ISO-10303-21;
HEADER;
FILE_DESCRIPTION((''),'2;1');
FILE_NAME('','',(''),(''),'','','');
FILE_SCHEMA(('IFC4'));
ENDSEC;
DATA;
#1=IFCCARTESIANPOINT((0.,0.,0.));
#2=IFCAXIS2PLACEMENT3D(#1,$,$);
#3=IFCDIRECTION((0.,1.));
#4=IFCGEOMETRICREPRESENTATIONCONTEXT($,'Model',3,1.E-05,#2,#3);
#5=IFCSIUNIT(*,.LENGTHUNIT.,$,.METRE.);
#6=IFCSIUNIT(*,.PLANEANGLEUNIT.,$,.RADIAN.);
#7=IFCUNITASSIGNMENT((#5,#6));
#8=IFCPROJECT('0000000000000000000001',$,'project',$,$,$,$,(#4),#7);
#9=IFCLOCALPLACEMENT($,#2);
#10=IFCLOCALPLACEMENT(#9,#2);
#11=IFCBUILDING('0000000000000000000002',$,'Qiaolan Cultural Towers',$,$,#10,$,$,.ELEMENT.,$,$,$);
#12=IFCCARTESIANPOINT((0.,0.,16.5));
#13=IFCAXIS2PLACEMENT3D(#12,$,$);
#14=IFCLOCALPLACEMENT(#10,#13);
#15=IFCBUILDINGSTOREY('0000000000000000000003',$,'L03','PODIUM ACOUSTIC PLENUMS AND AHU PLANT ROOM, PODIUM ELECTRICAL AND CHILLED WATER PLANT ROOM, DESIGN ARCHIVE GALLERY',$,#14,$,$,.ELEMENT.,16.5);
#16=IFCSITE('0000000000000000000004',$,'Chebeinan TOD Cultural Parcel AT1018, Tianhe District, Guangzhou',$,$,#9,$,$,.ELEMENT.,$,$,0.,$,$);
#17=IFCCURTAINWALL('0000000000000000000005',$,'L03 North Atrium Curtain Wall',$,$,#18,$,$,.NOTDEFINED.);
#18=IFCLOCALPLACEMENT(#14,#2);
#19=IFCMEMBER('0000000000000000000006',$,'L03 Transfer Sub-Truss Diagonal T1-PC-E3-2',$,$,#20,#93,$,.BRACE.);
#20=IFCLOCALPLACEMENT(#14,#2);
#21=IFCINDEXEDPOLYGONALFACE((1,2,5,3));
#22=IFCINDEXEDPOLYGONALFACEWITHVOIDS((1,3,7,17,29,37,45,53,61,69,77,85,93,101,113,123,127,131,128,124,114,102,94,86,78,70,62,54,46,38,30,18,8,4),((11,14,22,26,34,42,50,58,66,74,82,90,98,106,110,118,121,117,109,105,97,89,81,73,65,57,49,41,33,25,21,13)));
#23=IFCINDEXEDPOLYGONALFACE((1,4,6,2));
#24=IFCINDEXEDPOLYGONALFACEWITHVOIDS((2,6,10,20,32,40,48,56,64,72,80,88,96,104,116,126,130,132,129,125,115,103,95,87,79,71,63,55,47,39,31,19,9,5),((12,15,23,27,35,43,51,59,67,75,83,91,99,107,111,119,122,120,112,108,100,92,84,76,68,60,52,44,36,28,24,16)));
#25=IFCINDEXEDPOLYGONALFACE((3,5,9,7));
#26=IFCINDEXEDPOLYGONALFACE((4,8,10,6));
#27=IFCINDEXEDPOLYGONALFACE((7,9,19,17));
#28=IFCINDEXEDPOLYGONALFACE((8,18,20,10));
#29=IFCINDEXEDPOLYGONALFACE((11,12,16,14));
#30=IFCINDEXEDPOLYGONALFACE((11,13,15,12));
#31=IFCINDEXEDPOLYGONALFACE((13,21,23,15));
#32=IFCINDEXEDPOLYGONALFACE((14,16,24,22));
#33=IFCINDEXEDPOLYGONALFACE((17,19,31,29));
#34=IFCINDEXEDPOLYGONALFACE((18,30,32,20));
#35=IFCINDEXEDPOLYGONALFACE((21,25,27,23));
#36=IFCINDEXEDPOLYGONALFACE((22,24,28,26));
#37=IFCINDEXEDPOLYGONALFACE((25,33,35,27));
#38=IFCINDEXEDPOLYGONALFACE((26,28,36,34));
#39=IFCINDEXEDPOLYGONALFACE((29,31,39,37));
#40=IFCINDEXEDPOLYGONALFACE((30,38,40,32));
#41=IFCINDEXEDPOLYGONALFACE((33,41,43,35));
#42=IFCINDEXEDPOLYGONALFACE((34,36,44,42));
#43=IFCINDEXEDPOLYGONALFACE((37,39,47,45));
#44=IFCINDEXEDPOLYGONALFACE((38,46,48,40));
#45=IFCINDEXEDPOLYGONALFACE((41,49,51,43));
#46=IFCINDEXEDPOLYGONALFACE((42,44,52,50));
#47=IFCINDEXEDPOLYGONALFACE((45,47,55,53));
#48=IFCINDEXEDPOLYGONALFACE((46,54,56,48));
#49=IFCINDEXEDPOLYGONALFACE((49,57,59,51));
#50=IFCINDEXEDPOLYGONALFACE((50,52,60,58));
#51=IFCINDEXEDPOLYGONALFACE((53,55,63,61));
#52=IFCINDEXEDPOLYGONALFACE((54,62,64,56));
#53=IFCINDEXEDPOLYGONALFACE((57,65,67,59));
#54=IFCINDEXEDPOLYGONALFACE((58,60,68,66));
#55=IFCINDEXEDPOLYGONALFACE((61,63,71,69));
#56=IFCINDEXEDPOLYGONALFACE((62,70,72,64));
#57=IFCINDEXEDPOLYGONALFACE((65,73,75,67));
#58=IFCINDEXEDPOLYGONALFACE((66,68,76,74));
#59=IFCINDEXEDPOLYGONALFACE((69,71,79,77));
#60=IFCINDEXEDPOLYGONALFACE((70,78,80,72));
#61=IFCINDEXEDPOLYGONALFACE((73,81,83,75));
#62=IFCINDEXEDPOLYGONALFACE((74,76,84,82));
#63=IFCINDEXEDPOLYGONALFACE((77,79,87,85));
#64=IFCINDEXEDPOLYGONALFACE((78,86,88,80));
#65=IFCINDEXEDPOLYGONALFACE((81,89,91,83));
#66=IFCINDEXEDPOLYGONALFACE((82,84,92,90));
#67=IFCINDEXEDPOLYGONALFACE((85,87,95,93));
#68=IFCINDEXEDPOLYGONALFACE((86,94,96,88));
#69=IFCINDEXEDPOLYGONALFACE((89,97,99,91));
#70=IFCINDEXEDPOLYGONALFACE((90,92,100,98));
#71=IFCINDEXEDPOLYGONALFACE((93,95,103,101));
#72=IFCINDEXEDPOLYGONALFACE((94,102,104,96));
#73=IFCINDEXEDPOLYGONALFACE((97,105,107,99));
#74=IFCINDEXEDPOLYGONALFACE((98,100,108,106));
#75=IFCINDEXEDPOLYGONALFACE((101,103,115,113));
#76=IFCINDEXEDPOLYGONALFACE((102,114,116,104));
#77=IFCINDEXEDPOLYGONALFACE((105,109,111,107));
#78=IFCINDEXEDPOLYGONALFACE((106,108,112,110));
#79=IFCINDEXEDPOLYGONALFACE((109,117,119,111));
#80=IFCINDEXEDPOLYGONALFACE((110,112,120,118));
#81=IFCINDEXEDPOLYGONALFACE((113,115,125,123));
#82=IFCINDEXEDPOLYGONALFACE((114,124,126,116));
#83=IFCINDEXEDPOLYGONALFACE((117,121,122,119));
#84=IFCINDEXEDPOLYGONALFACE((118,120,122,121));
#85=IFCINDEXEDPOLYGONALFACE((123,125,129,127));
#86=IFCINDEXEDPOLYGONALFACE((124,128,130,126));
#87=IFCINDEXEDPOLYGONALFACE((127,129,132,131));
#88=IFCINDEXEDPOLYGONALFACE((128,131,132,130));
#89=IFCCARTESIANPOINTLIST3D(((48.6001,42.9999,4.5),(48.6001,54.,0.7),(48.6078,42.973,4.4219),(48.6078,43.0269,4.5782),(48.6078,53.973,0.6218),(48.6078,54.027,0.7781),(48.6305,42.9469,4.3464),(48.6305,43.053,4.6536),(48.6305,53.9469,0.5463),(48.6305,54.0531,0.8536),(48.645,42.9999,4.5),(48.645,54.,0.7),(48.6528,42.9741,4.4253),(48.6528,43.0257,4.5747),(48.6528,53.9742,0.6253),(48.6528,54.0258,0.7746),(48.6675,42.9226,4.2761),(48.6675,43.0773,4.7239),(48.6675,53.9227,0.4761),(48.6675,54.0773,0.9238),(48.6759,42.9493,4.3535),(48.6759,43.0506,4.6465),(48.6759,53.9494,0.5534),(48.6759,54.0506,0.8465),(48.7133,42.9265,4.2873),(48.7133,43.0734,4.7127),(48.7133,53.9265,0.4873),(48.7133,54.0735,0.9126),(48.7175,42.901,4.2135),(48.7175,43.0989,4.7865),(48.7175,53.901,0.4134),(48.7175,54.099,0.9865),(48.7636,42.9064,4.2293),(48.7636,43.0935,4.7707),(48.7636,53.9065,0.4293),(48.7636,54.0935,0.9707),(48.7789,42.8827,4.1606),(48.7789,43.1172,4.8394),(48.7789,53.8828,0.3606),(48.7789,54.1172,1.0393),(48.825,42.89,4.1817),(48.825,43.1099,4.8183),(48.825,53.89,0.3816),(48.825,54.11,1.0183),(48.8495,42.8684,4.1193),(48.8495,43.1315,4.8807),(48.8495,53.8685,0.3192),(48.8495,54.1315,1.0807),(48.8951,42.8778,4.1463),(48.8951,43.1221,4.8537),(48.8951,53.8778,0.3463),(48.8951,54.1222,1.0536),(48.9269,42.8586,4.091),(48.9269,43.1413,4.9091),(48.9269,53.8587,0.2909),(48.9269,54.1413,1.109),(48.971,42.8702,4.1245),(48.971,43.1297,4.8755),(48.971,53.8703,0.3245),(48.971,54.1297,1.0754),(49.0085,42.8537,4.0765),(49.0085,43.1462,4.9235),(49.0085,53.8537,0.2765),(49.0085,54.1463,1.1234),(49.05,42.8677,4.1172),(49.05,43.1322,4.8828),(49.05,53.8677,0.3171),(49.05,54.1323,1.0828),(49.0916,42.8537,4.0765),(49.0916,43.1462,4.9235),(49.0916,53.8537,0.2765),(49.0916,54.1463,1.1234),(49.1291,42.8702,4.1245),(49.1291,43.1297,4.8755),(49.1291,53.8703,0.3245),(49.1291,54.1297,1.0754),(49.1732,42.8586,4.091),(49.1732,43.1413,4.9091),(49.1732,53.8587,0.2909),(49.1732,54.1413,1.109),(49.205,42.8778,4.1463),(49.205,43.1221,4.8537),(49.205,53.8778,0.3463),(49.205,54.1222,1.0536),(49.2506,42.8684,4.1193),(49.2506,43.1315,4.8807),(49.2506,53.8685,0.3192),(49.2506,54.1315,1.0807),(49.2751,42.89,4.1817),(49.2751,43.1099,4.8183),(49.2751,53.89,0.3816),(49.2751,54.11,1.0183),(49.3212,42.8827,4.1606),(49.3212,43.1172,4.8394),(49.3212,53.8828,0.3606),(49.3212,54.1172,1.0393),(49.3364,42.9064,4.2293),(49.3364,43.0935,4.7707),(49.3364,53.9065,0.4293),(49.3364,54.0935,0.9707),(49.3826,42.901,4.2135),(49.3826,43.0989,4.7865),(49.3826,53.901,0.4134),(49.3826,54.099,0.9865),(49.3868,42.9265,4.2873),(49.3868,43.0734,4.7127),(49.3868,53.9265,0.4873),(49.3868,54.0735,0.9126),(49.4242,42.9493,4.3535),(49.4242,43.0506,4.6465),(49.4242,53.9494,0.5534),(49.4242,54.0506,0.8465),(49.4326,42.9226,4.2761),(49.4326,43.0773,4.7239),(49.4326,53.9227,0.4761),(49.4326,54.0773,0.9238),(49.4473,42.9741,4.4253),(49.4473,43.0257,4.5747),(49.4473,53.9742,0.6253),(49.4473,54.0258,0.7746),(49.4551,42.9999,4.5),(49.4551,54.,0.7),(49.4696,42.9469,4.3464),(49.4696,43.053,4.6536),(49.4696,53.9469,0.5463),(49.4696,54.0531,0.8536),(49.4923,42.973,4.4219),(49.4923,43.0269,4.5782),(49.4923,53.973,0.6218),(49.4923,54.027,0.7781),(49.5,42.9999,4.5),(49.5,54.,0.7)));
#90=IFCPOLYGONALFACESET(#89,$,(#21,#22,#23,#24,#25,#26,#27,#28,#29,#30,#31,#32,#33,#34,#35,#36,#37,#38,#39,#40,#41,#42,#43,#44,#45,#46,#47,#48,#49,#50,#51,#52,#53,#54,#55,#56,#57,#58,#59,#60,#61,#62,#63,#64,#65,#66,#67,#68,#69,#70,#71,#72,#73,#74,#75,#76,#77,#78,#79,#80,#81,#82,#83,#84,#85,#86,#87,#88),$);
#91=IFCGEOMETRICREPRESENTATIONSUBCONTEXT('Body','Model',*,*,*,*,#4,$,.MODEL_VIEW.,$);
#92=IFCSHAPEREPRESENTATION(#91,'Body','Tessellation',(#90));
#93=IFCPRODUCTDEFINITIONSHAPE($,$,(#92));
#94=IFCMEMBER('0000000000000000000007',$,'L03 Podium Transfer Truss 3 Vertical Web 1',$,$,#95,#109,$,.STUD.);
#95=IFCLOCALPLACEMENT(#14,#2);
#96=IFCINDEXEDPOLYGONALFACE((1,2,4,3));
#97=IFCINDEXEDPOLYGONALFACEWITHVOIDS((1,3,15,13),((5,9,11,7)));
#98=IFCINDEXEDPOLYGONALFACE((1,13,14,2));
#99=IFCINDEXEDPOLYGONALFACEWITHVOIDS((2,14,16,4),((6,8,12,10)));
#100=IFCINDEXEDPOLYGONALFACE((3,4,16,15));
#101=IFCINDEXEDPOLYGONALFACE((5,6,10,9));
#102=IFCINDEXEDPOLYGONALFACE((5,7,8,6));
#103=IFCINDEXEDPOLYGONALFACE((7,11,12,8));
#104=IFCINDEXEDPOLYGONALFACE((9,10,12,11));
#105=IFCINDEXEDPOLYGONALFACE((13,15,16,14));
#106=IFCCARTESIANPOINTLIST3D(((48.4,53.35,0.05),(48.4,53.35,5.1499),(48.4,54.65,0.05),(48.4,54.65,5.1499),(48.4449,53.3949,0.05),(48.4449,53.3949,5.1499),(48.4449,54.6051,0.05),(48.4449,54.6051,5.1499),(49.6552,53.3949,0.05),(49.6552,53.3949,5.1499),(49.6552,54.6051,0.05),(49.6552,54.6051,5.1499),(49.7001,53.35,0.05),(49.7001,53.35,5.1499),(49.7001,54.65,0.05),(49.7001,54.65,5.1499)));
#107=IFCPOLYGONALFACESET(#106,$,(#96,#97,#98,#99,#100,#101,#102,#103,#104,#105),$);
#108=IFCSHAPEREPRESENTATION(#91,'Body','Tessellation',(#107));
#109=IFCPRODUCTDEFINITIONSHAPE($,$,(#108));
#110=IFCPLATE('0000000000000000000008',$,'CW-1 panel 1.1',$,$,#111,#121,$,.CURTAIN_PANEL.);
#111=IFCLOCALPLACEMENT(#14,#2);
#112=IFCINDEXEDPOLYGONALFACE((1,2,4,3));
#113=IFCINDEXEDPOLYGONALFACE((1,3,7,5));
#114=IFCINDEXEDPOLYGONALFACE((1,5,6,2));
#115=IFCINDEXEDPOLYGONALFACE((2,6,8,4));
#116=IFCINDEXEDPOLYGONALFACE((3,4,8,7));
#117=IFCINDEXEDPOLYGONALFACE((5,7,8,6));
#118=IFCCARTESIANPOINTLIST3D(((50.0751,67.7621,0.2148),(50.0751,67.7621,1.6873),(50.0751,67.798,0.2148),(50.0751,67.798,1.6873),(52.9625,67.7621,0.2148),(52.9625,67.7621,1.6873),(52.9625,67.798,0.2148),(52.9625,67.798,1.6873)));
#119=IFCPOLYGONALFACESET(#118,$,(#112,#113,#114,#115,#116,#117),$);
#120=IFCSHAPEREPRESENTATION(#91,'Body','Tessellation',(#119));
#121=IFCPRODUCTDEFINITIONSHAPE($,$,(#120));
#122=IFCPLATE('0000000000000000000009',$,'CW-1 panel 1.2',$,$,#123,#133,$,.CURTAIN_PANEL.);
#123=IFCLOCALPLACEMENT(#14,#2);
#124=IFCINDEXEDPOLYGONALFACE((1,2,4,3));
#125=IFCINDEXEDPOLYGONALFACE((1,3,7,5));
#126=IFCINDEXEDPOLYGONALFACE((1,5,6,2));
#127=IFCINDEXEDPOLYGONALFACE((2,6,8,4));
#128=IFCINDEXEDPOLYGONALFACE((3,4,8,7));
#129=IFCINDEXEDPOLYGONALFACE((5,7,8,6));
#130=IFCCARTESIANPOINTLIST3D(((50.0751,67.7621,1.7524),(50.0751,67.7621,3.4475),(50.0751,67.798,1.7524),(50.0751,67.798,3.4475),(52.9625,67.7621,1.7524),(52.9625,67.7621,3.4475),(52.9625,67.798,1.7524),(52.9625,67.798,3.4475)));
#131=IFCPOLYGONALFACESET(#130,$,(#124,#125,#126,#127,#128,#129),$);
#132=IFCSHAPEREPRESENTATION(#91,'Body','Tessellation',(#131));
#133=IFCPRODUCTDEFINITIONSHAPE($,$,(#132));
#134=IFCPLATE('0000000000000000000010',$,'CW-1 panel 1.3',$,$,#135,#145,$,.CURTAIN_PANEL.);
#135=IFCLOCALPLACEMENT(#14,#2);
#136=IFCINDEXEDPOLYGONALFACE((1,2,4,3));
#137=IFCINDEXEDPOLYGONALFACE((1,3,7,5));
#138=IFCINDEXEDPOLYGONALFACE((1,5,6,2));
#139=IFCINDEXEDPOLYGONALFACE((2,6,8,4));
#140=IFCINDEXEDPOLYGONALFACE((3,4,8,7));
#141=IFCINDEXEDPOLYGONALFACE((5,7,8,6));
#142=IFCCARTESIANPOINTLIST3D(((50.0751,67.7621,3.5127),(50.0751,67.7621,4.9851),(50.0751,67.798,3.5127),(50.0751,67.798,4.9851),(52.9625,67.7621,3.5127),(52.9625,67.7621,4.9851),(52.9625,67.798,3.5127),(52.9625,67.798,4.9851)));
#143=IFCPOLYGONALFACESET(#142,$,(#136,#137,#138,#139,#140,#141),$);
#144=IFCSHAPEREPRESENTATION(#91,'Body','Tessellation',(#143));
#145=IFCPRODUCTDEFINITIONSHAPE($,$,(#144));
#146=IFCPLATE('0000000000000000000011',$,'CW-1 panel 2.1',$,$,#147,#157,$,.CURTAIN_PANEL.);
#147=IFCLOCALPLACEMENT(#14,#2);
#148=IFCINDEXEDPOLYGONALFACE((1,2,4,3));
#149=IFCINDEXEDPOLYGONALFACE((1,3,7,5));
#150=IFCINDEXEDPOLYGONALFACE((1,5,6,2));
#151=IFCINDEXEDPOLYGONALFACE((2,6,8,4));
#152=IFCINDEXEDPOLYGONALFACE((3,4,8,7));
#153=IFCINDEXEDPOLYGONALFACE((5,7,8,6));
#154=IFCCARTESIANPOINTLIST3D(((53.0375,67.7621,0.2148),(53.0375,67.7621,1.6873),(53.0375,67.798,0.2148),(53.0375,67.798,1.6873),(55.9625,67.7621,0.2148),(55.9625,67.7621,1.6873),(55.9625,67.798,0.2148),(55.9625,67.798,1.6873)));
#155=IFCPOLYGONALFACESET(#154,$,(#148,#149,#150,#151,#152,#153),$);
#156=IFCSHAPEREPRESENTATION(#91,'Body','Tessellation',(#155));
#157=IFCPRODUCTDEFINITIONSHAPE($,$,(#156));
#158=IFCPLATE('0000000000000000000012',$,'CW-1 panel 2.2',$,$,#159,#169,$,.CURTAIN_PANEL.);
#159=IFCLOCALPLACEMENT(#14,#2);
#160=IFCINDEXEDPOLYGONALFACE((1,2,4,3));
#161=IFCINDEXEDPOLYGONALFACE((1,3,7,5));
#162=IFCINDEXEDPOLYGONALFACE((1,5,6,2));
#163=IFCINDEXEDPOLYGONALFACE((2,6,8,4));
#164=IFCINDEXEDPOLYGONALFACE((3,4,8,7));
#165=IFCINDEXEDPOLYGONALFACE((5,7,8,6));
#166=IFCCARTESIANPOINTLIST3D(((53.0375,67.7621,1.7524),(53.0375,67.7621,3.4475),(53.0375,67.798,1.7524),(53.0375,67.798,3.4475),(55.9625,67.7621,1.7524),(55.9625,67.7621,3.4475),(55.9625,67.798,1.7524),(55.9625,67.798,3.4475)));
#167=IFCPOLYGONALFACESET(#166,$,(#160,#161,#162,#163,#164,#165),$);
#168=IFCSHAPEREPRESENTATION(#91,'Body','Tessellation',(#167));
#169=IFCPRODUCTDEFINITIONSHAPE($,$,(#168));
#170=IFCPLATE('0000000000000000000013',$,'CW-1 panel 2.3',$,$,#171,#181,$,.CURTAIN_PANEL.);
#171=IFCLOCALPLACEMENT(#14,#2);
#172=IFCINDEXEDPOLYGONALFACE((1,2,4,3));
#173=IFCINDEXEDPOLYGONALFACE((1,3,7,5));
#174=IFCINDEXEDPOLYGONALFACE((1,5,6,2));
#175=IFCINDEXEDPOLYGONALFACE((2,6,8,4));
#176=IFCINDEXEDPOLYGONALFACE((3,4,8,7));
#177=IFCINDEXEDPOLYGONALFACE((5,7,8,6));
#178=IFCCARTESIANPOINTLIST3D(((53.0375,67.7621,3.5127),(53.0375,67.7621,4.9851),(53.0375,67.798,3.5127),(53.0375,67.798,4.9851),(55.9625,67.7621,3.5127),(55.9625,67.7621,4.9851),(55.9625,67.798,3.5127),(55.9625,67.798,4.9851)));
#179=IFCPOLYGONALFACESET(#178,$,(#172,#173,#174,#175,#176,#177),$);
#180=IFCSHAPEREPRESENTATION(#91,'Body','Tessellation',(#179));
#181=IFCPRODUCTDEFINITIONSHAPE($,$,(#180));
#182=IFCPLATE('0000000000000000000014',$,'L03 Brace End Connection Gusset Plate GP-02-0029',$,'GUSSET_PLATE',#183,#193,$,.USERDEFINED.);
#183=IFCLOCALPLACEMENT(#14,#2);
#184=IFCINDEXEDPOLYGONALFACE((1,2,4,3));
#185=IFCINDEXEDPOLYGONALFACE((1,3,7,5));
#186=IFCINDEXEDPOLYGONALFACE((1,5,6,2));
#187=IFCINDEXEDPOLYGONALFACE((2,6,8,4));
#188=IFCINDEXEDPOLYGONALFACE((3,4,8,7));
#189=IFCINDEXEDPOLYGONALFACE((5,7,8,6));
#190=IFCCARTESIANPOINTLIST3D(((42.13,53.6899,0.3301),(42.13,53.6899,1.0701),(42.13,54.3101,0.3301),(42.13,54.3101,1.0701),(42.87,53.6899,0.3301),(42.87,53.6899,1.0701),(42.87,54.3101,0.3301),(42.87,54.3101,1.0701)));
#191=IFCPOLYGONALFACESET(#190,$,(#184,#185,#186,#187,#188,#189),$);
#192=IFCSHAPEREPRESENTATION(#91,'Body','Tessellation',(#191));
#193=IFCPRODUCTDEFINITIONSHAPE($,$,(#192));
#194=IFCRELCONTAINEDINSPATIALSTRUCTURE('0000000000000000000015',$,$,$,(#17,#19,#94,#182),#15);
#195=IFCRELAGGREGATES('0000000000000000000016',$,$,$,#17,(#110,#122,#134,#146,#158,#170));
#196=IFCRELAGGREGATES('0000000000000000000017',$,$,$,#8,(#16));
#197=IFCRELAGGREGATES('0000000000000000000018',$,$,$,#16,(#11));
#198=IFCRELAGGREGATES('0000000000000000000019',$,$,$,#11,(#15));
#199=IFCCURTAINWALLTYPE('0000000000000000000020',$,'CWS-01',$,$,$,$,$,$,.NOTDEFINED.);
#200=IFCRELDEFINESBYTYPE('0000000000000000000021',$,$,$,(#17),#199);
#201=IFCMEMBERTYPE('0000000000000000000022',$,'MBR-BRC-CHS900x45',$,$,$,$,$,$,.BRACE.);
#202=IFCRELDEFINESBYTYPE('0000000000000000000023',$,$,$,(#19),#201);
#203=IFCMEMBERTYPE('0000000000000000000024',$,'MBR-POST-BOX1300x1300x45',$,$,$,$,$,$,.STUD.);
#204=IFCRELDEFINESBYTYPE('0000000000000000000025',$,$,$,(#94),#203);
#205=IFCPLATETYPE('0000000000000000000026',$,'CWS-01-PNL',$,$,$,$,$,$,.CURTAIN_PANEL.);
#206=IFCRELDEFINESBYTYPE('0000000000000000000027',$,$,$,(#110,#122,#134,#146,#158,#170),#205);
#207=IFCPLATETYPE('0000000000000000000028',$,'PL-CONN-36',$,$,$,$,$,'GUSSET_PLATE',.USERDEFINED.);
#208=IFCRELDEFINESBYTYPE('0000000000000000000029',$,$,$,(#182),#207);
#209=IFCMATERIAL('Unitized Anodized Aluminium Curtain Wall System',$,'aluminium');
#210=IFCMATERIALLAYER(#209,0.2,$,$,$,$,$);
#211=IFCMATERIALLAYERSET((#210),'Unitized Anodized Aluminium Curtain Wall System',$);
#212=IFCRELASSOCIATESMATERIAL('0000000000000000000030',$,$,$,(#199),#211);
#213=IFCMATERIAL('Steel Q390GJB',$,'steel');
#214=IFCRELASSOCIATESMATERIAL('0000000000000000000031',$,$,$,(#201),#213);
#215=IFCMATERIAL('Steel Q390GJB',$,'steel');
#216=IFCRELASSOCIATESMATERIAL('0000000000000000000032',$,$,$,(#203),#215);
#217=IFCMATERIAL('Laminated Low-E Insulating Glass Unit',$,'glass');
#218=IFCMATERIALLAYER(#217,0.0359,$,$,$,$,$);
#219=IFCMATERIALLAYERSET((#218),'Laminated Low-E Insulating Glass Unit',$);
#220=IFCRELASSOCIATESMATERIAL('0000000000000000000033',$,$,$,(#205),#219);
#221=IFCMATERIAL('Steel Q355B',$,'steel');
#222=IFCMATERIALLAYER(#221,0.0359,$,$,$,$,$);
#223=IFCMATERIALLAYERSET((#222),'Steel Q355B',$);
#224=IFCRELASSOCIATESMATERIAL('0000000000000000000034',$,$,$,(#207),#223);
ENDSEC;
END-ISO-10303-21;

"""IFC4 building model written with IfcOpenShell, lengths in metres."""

from ifc_helpers import new_model, si_unit, direction, frame, origin, origin_2d, place, context, subcontext, project, spatial, rectangle, hollow_rectangle, hollow_circle, extrude, material, layer, layer_set, material_profile, profile_set, type_object, element, aggregate, save


model = new_model("IFC4")

# Units and contexts
model_context = context("Model", 3, precision=1e-05, world=origin(), true_north=direction((0.0, 1.0)))
body_context = subcontext(model_context, "Body", "Model", "MODEL_VIEW")
ifc_project = project(units=[si_unit("LENGTHUNIT", "METRE"), si_unit("PLANEANGLEUNIT", "RADIAN")], contexts=[model_context])

# Site, building, storey
site_placement = place(None, origin())
site = spatial("IfcSite", under=ifc_project, at=site_placement, Name="Chebeinan TOD Cultural Parcel AT1018, Tianhe District, Guangzhou", CompositionType="ELEMENT", RefElevation=0.0)
building_placement = place(site_placement, origin())
building = spatial("IfcBuilding", under=site, at=building_placement, Name="Qiaolan Cultural Towers", CompositionType="ELEMENT")
storey_placement = place(building_placement, frame((0.0, 0.0, 16.5)))
storey = spatial("IfcBuildingStorey", under=building, at=storey_placement, Name="L03", Description="PODIUM ACOUSTIC PLENUMS AND AHU PLANT ROOM, PODIUM ELECTRICAL AND CHILLED WATER PLANT ROOM, DESIGN ARCHIVE GALLERY", CompositionType="ELEMENT", Elevation=16.5)

# Curtain wall
ifc_material_1 = material(Name="Unitized Anodized Aluminium Curtain Wall System", Category="aluminium")
ifc_layer_1 = layer(ifc_material_1, 0.2)
ifc_layer_set_1 = layer_set([ifc_layer_1], Name="Unitized Anodized Aluminium Curtain Wall System")
curtain_wall_type = type_object("IfcCurtainWallType", Name="CWS-01", PredefinedType="NOTDEFINED", material=ifc_layer_set_1)
curtain_wall_placement = place(storey_placement, origin())
curtain_wall = element("IfcCurtainWall", 1, at=curtain_wall_placement, inside=storey, type_object=curtain_wall_type, Name="L03 North Atrium Curtain Wall", PredefinedType="NOTDEFINED")

# Members
ifc_material_2 = material(Name="Steel Q390GJB", Category="steel")
ifc_material_profile_1 = material_profile(ifc_material_2, hollow_circle(Radius=0.45, WallThickness=0.0449, at=origin_2d()), Name="CHS900x45")
ifc_profile_set_1 = profile_set([ifc_material_profile_1], Name="Steel Q390GJB")
member_type_1 = type_object("IfcMemberType", Name="MBR-BRC-CHS900x45", PredefinedType="BRACE", material=ifc_profile_set_1)
member_1_placement = place(storey_placement, frame((49.05, 54.0, 0.7), z_axis=(0.0, -0.945189, 0.326524), x_axis=(1.0, 0.0, 0.0)))
element("IfcMember", 2, at=member_1_placement, inside=storey, type_object=member_type_1, Name="L03 Transfer Sub-Truss Diagonal T1-PC-E3-2", PredefinedType="BRACE", context=body_context, shape_type="SweptSolid", body=[
    extrude(hollow_circle(Radius=0.45, WallThickness=0.0449, at=origin_2d()), origin(), (0.0, 0.0, 1.0), 11.6379),
])
ifc_material_3 = material(Name="Steel Q390GJB", Category="steel")
ifc_material_profile_2 = material_profile(ifc_material_3, hollow_rectangle(XDim=1.3, YDim=1.3, WallThickness=0.0449, at=origin_2d()), Name="BOX1300x1300x45")
ifc_profile_set_2 = profile_set([ifc_material_profile_2], Name="Steel Q390GJB")
member_type_2 = type_object("IfcMemberType", Name="MBR-POST-BOX1300x1300x45", PredefinedType="STUD", material=ifc_profile_set_2)
member_2_placement = place(storey_placement, frame((49.05, 54.0, 0.05), z_axis=(0.0, 0.0, 1.0), x_axis=(1.0, 0.0, 0.0)))
element("IfcMember", 3, at=member_2_placement, inside=storey, type_object=member_type_2, Name="L03 Podium Transfer Truss 3 Vertical Web 1", PredefinedType="STUD", context=body_context, shape_type="SweptSolid", body=[
    extrude(hollow_rectangle(XDim=1.3, YDim=1.3, WallThickness=0.0449, at=origin_2d()), origin(), (0.0, 0.0, 1.0), 5.0999),
])

# Plates
ifc_material_4 = material(Name="Laminated Low-E Insulating Glass Unit", Category="glass")
ifc_layer_2 = layer(ifc_material_4, 0.0359)
ifc_layer_set_2 = layer_set([ifc_layer_2], Name="Laminated Low-E Insulating Glass Unit")
plate_type_1 = type_object("IfcPlateType", Name="CWS-01-PNL", PredefinedType="CURTAIN_PANEL", material=ifc_layer_set_2)
plate_1_placement = place(storey_placement, frame((51.5188, 67.78, 0.2148), z_axis=(0.0, 0.0, 1.0), x_axis=(1.0, 0.0, 0.0)))
plate_1 = element("IfcPlate", 4, at=plate_1_placement, type_object=plate_type_1, Name="CW-1 panel 1.1", PredefinedType="CURTAIN_PANEL", context=body_context, shape_type="SweptSolid", body=[
    extrude(rectangle(XDim=2.8875, YDim=0.0359, at=origin_2d()), origin(), (0.0, 0.0, 1.0), 1.4724),
])
plate_2_placement = place(storey_placement, frame((51.5188, 67.78, 1.7524), z_axis=(0.0, 0.0, 1.0), x_axis=(1.0, 0.0, 0.0)))
plate_2 = element("IfcPlate", 5, at=plate_2_placement, type_object=plate_type_1, Name="CW-1 panel 1.2", PredefinedType="CURTAIN_PANEL", context=body_context, shape_type="SweptSolid", body=[
    extrude(rectangle(XDim=2.8875, YDim=0.0359, at=origin_2d()), origin(), (0.0, 0.0, 1.0), 1.6951),
])
plate_3_placement = place(storey_placement, frame((51.5188, 67.78, 3.5127), z_axis=(0.0, 0.0, 1.0), x_axis=(1.0, 0.0, 0.0)))
plate_3 = element("IfcPlate", 6, at=plate_3_placement, type_object=plate_type_1, Name="CW-1 panel 1.3", PredefinedType="CURTAIN_PANEL", context=body_context, shape_type="SweptSolid", body=[
    extrude(rectangle(XDim=2.8875, YDim=0.0359, at=origin_2d()), origin(), (0.0, 0.0, 1.0), 1.4724),
])
plate_4_placement = place(storey_placement, frame((54.5, 67.78, 0.2148), z_axis=(0.0, 0.0, 1.0), x_axis=(1.0, 0.0, 0.0)))
plate_4 = element("IfcPlate", 7, at=plate_4_placement, type_object=plate_type_1, Name="CW-1 panel 2.1", PredefinedType="CURTAIN_PANEL", context=body_context, shape_type="SweptSolid", body=[
    extrude(rectangle(XDim=2.925, YDim=0.0359, at=origin_2d()), origin(), (0.0, 0.0, 1.0), 1.4724),
])
plate_5_placement = place(storey_placement, frame((54.5, 67.78, 1.7524), z_axis=(0.0, 0.0, 1.0), x_axis=(1.0, 0.0, 0.0)))
plate_5 = element("IfcPlate", 8, at=plate_5_placement, type_object=plate_type_1, Name="CW-1 panel 2.2", PredefinedType="CURTAIN_PANEL", context=body_context, shape_type="SweptSolid", body=[
    extrude(rectangle(XDim=2.925, YDim=0.0359, at=origin_2d()), origin(), (0.0, 0.0, 1.0), 1.6951),
])
plate_6_placement = place(storey_placement, frame((54.5, 67.78, 3.5127), z_axis=(0.0, 0.0, 1.0), x_axis=(1.0, 0.0, 0.0)))
plate_6 = element("IfcPlate", 9, at=plate_6_placement, type_object=plate_type_1, Name="CW-1 panel 2.3", PredefinedType="CURTAIN_PANEL", context=body_context, shape_type="SweptSolid", body=[
    extrude(rectangle(XDim=2.925, YDim=0.0359, at=origin_2d()), origin(), (0.0, 0.0, 1.0), 1.4724),
])
aggregate(curtain_wall, [plate_1, plate_2, plate_3, plate_4, plate_5, plate_6])

# Plate
ifc_material_5 = material(Name="Steel Q355B", Category="steel")
ifc_layer_3 = layer(ifc_material_5, 0.0359)
ifc_layer_set_3 = layer_set([ifc_layer_3], Name="Steel Q355B")
plate_type_2 = type_object("IfcPlateType", Name="PL-CONN-36", ElementType="GUSSET_PLATE", PredefinedType="USERDEFINED", material=ifc_layer_set_3)
for number, where, z_axis, x_axis, name in (
    (10, (42.5, 54.0, 0.3301), (0.0, 0.0, 1.0), (1.0, 0.0, 0.0), "L03 Brace End Connection Gusset Plate GP-02-0029"),
):
    element("IfcPlate", number, at=place(storey_placement, frame(where, z_axis=z_axis, x_axis=x_axis)), inside=storey, type_object=plate_type_2, Name=name, ObjectType="GUSSET_PLATE", PredefinedType="USERDEFINED", context=body_context, shape_type="SweptSolid", body=[
        extrude(rectangle(XDim=0.74, YDim=0.6201, at=origin_2d()), origin(), (0.0, 0.0, 1.0), 0.74),
    ])

save(model, "model.ifc")
